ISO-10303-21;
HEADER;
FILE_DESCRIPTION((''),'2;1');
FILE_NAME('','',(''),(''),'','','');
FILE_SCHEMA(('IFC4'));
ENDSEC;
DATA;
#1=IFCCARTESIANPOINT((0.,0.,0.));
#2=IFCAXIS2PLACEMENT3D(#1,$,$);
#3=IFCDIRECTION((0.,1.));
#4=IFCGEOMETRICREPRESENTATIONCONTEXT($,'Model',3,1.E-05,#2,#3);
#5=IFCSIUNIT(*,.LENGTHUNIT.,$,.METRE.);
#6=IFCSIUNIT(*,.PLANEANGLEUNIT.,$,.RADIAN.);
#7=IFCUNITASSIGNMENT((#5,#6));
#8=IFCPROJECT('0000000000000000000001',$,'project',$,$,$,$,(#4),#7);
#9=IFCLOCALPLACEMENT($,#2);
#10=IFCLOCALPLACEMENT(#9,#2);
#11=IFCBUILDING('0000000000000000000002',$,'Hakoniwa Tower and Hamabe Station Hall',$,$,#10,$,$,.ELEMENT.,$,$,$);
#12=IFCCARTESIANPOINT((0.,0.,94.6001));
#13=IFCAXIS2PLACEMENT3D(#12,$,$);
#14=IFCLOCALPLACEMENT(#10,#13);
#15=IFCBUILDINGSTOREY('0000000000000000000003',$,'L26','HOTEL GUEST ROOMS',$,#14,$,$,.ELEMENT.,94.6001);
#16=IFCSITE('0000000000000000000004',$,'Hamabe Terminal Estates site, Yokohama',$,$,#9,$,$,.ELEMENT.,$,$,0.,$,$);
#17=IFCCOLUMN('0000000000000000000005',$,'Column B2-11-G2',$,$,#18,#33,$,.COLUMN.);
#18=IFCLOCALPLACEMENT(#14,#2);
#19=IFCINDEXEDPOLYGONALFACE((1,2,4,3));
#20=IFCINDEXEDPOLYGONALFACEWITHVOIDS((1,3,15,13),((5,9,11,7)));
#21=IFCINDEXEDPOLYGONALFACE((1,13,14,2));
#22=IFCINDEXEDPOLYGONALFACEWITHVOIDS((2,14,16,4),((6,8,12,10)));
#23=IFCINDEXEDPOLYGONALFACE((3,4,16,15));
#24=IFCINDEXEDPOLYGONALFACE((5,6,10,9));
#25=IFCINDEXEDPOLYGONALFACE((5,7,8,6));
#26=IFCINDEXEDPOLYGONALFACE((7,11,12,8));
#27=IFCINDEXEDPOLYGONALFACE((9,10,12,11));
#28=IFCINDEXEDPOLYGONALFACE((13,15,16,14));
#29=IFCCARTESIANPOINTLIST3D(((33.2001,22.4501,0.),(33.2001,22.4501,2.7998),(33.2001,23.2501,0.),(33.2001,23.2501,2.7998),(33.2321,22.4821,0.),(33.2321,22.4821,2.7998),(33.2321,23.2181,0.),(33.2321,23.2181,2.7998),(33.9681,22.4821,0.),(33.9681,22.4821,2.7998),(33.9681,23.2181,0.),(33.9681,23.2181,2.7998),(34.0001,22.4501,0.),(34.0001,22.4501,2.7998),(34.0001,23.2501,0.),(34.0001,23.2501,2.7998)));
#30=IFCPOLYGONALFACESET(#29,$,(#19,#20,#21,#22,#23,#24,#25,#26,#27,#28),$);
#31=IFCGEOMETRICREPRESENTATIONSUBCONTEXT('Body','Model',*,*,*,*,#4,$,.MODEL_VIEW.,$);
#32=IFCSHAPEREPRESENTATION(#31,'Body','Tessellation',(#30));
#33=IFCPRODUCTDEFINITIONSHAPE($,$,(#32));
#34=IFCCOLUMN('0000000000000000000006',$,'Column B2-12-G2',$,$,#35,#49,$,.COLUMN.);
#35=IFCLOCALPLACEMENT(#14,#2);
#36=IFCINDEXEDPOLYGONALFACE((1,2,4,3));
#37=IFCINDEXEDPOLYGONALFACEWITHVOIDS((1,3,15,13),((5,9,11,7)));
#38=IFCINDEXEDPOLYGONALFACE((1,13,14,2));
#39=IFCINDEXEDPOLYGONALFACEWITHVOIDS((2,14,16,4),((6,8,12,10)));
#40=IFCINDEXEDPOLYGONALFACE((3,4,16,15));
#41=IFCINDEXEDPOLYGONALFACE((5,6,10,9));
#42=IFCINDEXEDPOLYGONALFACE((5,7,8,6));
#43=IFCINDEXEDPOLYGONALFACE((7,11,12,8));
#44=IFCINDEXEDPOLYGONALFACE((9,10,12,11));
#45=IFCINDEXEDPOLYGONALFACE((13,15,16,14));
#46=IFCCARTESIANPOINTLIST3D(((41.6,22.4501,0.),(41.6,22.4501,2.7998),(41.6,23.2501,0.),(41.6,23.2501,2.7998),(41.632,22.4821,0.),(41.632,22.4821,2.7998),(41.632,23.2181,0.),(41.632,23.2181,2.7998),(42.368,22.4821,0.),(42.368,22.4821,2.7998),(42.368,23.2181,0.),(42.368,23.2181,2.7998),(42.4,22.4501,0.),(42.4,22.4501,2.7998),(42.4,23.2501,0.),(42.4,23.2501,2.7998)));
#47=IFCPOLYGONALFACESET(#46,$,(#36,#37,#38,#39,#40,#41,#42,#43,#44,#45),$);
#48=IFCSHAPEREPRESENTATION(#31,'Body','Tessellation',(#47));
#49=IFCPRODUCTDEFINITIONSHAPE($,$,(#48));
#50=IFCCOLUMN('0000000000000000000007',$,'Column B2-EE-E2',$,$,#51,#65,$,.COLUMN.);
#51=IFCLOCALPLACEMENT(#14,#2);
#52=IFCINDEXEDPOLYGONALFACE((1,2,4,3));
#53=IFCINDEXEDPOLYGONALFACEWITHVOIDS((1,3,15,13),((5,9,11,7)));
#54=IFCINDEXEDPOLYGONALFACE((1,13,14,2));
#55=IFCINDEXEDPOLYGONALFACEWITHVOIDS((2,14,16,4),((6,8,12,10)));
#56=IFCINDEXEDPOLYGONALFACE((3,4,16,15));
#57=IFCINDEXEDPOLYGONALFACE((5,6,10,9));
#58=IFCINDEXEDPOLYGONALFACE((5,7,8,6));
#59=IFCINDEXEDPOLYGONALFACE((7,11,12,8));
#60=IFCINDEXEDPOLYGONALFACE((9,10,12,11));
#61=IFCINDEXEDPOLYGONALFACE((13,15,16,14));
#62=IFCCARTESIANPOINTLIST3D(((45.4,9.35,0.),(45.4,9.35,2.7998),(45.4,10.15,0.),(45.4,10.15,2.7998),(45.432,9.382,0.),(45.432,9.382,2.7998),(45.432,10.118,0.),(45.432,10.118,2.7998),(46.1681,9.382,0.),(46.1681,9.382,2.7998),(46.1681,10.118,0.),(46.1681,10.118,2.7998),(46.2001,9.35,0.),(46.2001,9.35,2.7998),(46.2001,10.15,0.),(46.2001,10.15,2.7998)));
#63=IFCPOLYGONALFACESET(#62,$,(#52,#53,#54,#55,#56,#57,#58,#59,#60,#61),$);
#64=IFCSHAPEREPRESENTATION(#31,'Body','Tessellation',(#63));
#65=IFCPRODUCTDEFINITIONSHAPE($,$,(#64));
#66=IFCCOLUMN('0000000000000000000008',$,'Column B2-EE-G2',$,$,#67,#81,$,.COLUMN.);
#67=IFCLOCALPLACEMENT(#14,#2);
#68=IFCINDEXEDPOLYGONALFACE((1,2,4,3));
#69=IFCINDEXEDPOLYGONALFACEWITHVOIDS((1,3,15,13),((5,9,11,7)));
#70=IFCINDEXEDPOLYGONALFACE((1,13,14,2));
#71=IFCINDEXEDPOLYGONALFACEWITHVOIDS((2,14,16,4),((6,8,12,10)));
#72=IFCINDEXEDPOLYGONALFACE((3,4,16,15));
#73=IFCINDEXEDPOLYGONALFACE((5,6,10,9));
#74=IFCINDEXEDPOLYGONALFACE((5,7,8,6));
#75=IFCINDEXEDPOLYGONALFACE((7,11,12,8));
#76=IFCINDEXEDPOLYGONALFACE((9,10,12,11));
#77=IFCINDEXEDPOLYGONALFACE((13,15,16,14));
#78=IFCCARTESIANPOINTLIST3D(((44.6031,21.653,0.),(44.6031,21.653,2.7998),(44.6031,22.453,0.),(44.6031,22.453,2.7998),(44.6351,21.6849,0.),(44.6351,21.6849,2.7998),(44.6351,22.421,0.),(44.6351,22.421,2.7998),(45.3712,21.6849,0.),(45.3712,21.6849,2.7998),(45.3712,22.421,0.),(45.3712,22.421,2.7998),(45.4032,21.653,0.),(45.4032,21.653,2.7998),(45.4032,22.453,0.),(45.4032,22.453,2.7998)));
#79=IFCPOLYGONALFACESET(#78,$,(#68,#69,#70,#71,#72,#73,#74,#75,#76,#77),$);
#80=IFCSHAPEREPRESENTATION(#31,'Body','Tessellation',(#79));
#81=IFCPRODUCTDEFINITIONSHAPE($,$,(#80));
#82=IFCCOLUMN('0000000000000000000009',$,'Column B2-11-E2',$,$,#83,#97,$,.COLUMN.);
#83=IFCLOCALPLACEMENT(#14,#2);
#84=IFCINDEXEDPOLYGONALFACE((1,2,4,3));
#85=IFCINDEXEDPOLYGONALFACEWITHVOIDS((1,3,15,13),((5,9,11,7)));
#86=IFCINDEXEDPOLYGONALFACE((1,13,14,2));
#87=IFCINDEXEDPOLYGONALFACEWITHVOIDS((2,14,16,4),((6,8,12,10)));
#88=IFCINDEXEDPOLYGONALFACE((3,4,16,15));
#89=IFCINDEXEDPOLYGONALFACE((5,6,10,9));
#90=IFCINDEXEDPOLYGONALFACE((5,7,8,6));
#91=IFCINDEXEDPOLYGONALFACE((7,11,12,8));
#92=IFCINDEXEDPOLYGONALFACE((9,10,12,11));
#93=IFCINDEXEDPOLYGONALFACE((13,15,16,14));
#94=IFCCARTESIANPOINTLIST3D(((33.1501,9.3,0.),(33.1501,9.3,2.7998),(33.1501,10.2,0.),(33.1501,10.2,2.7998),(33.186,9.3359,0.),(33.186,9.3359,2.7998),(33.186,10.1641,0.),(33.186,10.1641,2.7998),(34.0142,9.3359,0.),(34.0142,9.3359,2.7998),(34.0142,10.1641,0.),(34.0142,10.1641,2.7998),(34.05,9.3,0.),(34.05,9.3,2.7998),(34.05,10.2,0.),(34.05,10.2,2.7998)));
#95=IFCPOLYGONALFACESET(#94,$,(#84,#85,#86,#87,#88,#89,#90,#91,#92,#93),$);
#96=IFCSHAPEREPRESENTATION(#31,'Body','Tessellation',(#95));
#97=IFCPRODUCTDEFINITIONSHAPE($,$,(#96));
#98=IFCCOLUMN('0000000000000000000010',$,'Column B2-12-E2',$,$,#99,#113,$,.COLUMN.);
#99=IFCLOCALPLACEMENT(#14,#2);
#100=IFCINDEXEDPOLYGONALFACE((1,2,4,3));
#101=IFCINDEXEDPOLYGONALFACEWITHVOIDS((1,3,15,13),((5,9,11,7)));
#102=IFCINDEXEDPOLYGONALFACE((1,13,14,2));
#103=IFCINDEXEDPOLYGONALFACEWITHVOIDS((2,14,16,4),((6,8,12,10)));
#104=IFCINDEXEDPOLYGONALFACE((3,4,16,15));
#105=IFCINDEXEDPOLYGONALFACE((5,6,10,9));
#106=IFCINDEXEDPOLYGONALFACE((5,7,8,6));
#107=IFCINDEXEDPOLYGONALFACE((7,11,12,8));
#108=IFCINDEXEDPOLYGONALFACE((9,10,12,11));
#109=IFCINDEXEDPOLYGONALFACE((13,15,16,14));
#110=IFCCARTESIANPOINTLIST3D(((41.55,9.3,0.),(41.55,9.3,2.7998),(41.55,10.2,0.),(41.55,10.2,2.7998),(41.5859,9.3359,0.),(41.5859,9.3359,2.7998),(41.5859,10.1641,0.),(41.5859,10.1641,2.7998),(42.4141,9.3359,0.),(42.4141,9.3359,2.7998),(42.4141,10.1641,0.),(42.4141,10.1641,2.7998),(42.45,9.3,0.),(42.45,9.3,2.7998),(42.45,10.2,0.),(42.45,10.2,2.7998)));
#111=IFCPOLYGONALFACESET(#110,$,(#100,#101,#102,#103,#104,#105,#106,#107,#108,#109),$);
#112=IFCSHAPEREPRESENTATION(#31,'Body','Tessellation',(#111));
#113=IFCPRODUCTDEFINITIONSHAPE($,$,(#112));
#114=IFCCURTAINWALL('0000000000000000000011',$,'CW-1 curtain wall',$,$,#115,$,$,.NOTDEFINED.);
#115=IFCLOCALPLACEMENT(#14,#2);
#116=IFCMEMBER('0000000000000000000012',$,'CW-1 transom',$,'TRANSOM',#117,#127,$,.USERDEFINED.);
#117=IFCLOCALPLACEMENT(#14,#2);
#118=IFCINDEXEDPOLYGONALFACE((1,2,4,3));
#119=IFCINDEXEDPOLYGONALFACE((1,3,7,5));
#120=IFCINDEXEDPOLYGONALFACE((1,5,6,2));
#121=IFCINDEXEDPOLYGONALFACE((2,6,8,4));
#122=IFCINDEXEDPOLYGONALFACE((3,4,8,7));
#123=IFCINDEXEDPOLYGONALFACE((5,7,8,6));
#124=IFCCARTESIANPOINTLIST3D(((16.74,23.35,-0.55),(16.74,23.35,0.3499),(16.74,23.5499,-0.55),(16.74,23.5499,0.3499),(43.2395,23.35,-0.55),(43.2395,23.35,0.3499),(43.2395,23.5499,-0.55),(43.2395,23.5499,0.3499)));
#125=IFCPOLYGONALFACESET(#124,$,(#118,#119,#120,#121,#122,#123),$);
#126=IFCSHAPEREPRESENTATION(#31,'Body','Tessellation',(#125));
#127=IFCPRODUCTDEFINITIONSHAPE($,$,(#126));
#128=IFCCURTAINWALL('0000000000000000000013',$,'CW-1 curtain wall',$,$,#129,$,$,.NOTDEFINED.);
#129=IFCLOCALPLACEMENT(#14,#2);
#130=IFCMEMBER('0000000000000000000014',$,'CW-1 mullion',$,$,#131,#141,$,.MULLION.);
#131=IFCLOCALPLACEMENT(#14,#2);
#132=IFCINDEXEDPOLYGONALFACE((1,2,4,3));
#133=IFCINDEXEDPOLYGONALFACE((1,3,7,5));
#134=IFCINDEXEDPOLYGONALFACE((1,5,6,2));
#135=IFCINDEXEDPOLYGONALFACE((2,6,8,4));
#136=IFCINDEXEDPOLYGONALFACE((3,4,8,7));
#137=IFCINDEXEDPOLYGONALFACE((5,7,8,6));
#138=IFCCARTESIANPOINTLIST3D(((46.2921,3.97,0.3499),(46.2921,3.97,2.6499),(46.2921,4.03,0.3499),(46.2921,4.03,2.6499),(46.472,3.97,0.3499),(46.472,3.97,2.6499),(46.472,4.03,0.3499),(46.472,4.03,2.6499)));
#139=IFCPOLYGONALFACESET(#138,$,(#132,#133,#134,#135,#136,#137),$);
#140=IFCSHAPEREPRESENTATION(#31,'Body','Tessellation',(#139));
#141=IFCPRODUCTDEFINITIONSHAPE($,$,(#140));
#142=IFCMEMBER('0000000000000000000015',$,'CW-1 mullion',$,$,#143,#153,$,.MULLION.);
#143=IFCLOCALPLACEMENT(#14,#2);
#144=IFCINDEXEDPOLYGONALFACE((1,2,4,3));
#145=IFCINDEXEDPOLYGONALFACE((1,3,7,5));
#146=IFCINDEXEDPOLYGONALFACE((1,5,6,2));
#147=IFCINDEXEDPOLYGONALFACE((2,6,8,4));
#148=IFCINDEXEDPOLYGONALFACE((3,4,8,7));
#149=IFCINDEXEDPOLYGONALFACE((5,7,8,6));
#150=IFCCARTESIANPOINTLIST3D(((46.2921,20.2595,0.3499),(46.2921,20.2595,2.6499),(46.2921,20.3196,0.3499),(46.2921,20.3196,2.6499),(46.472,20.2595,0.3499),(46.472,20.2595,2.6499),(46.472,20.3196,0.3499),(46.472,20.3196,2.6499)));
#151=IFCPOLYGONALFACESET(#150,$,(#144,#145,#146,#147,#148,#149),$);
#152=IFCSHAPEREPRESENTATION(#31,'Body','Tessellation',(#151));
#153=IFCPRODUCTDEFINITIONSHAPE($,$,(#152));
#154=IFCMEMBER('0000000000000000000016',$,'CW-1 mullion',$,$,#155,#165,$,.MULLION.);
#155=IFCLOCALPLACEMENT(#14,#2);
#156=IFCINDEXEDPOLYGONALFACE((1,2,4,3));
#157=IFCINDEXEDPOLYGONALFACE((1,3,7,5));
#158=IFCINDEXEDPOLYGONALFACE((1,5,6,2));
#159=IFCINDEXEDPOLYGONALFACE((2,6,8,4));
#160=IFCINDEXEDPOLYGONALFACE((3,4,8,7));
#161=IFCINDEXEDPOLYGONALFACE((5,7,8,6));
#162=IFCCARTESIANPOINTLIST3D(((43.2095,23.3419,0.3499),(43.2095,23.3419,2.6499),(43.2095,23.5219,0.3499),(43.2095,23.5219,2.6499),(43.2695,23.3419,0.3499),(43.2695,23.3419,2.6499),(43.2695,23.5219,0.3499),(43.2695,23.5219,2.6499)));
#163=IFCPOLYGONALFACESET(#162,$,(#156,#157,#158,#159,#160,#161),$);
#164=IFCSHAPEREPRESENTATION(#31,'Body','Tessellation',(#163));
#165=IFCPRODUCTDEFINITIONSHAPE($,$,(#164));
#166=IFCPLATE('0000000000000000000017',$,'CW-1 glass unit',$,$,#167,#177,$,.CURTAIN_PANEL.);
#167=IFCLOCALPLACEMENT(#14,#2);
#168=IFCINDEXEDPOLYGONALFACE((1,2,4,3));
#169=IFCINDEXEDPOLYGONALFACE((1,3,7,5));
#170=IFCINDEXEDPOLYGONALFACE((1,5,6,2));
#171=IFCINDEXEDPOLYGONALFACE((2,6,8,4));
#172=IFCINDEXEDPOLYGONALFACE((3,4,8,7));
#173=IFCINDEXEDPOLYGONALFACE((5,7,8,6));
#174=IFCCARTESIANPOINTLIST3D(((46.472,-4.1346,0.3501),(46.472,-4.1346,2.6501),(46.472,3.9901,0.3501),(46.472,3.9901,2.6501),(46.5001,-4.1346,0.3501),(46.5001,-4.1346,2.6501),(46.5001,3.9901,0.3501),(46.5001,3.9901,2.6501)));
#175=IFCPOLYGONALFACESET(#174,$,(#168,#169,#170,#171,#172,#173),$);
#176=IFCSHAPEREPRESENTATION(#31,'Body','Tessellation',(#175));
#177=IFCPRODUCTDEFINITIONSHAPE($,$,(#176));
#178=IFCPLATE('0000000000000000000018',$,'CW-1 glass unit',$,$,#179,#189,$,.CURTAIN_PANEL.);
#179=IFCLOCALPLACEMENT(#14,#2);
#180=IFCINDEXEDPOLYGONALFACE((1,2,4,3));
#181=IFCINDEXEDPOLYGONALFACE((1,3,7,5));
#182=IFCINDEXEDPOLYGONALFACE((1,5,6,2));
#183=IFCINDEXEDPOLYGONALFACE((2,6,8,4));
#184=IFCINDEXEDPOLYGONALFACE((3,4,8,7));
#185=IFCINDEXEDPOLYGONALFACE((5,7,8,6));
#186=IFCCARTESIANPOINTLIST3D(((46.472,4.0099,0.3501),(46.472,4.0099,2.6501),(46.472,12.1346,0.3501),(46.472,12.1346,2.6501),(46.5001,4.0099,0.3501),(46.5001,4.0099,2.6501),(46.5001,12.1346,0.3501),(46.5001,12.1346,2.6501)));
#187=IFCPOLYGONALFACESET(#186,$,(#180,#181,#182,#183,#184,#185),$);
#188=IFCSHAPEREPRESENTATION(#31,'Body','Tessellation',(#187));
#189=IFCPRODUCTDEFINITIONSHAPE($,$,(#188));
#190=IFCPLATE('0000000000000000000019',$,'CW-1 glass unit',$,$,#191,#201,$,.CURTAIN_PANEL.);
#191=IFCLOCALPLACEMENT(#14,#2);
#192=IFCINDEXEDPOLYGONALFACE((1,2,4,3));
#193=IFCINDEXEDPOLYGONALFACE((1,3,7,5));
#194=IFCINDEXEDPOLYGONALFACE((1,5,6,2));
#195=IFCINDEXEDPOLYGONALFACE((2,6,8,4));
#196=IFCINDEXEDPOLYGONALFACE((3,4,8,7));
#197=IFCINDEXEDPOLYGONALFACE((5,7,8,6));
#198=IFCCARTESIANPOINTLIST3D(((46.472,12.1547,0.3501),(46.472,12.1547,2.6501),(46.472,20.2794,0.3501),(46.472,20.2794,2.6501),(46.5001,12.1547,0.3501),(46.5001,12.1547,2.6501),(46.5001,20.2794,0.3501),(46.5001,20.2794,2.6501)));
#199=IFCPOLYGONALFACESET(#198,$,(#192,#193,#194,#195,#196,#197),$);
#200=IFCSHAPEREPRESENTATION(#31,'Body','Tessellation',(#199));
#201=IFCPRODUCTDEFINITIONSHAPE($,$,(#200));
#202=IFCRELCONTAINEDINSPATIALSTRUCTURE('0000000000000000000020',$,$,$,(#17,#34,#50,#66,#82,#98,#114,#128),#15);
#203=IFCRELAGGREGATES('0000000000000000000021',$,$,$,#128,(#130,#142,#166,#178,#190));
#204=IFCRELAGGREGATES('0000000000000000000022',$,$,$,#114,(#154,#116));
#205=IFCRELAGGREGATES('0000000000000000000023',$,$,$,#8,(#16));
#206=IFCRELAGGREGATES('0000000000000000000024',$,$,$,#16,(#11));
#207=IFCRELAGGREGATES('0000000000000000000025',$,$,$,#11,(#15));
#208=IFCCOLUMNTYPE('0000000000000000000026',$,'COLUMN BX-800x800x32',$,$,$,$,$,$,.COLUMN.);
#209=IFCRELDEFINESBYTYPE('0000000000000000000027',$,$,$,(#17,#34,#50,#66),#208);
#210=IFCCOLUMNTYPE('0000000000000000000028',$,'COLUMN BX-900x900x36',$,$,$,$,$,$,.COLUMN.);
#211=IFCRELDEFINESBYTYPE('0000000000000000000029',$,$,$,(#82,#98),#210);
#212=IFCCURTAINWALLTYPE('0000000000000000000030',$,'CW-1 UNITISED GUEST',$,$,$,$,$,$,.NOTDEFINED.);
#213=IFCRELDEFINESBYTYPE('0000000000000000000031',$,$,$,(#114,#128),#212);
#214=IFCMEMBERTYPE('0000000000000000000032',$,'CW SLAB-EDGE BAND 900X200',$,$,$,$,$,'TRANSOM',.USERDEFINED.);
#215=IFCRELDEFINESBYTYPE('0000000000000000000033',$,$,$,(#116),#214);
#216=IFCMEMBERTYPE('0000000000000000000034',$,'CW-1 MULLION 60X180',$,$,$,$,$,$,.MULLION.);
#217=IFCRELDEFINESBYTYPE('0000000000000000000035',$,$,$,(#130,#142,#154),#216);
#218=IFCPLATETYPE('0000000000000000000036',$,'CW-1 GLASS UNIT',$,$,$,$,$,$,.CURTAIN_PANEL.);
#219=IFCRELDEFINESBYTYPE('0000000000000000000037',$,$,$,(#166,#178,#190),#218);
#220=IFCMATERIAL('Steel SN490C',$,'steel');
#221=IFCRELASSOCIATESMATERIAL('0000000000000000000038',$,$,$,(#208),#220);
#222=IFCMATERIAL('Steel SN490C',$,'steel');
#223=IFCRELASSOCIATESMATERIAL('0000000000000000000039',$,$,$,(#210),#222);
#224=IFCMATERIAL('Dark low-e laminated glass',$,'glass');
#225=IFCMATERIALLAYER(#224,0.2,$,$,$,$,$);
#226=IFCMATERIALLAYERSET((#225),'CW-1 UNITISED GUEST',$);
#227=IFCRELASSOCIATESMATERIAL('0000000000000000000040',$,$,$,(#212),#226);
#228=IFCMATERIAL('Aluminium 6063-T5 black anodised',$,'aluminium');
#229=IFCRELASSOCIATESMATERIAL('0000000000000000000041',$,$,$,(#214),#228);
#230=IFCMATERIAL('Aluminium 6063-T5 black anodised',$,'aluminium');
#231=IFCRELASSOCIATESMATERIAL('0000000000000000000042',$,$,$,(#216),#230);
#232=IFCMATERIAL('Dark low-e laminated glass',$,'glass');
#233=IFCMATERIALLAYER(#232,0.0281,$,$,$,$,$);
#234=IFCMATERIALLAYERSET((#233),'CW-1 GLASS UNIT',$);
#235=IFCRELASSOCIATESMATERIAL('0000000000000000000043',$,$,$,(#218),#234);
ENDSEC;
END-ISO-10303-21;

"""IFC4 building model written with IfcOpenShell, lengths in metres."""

from ifc_helpers import new_model, si_unit, direction, frame, origin, origin_2d, place, context, subcontext, project, spatial, rectangle, hollow_rectangle, extrude, material, layer, layer_set, material_profile, profile_set, type_object, element, aggregate, save


model = new_model("IFC4")

# Units and contexts
model_context = context("Model", 3, precision=1e-05, world=origin(), true_north=direction((0.0, 1.0)))
body_context = subcontext(model_context, "Body", "Model", "MODEL_VIEW")
ifc_project = project(units=[si_unit("LENGTHUNIT", "METRE"), si_unit("PLANEANGLEUNIT", "RADIAN")], contexts=[model_context])

# Site, building, storey
site_placement = place(None, origin())
site = spatial("IfcSite", under=ifc_project, at=site_placement, Name="Hamabe Terminal Estates site, Yokohama", CompositionType="ELEMENT", RefElevation=0.0)
building_placement = place(site_placement, origin())
building = spatial("IfcBuilding", under=site, at=building_placement, Name="Hakoniwa Tower and Hamabe Station Hall", CompositionType="ELEMENT")
storey_placement = place(building_placement, frame((0.0, 0.0, 94.6001)))
storey = spatial("IfcBuildingStorey", under=building, at=storey_placement, Name="L26", Description="HOTEL GUEST ROOMS", CompositionType="ELEMENT", Elevation=94.6001)

# Columns
ifc_material_1 = material(Name="Steel SN490C", Category="steel")
ifc_material_profile_1 = material_profile(ifc_material_1, hollow_rectangle(XDim=0.8, YDim=0.8, WallThickness=0.032, at=origin_2d()), Name="BX-800x800x32")
ifc_profile_set_1 = profile_set([ifc_material_profile_1], Name="Steel SN490C")
column_type_1 = type_object("IfcColumnType", Name="COLUMN BX-800x800x32", PredefinedType="COLUMN", material=ifc_profile_set_1)
for number, where, z_axis, x_axis, name in (
    (1, (33.6001, 22.8501, 0.0), (0.0, 0.0, 1.0), (1.0, 0.0, 0.0), "Column B2-11-G2"),
    (2, (42.0, 22.8501, 0.0), (0.0, 0.0, 1.0), (1.0, 0.0, 0.0), "Column B2-12-G2"),
    (3, (45.8, 9.75, 0.0), (0.0, 0.0, 1.0), (1.0, 0.0, 0.0), "Column B2-EE-E2"),
    (4, (45.0032, 22.053, 0.0), (0.0, 0.0, 1.0), (1.0, 0.0, 0.0), "Column B2-EE-G2"),
):
    element("IfcColumn", number, at=place(storey_placement, frame(where, z_axis=z_axis, x_axis=x_axis)), inside=storey, type_object=column_type_1, Name=name, PredefinedType="COLUMN", context=body_context, shape_type="SweptSolid", body=[
        extrude(hollow_rectangle(XDim=0.8, YDim=0.8, WallThickness=0.032, at=origin_2d()), origin(), (0.0, 0.0, 1.0), 2.7998),
    ])
ifc_material_2 = material(Name="Steel SN490C", Category="steel")
ifc_material_profile_2 = material_profile(ifc_material_2, hollow_rectangle(XDim=0.8999, YDim=0.8999, WallThickness=0.0359, at=origin_2d()), Name="BX-900x900x36")
ifc_profile_set_2 = profile_set([ifc_material_profile_2], Name="Steel SN490C")
column_type_2 = type_object("IfcColumnType", Name="COLUMN BX-900x900x36", PredefinedType="COLUMN", material=ifc_profile_set_2)
for number, where, z_axis, x_axis, name in (
    (5, (33.6001, 9.75, 0.0), (0.0, 0.0, 1.0), (1.0, 0.0, 0.0), "Column B2-11-E2"),
    (6, (42.0, 9.75, 0.0), (0.0, 0.0, 1.0), (1.0, 0.0, 0.0), "Column B2-12-E2"),
):
    element("IfcColumn", number, at=place(storey_placement, frame(where, z_axis=z_axis, x_axis=x_axis)), inside=storey, type_object=column_type_2, Name=name, PredefinedType="COLUMN", context=body_context, shape_type="SweptSolid", body=[
        extrude(hollow_rectangle(XDim=0.8999, YDim=0.8999, WallThickness=0.0359, at=origin_2d()), origin(), (0.0, 0.0, 1.0), 2.7998),
    ])

# Curtain wall, member
ifc_material_3 = material(Name="Dark low-e laminated glass", Category="glass")
ifc_layer_1 = layer(ifc_material_3, 0.2)
ifc_layer_set_1 = layer_set([ifc_layer_1], Name="CW-1 UNITISED GUEST")
curtain_wall_type = type_object("IfcCurtainWallType", Name="CW-1 UNITISED GUEST", PredefinedType="NOTDEFINED", material=ifc_layer_set_1)
curtain_wall_1_placement = place(storey_placement, origin())
curtain_wall_1 = element("IfcCurtainWall", 7, at=curtain_wall_1_placement, inside=storey, type_object=curtain_wall_type, Name="CW-1 curtain wall", PredefinedType="NOTDEFINED")
ifc_material_4 = material(Name="Aluminium 6063-T5 black anodised", Category="aluminium")
ifc_material_profile_3 = material_profile(ifc_material_4, rectangle(XDim=0.2, YDim=0.8999, at=origin_2d()), Name="CW SLAB-EDGE BAND 900X200")
ifc_profile_set_3 = profile_set([ifc_material_profile_3], Name="Aluminium 6063-T5 black anodised")
member_type_1 = type_object("IfcMemberType", Name="CW SLAB-EDGE BAND 900X200", ElementType="TRANSOM", PredefinedType="USERDEFINED", material=ifc_profile_set_3)
member_1_placement = place(storey_placement, frame((43.2395, 23.45, -0.1001), z_axis=(-1.0, 0.0, 0.0), x_axis=(0.0, -1.0, 0.0)))
member_1 = element("IfcMember", 8, at=member_1_placement, type_object=member_type_1, Name="CW-1 transom", ObjectType="TRANSOM", PredefinedType="USERDEFINED", context=body_context, shape_type="SweptSolid", body=[
    extrude(rectangle(XDim=0.2, YDim=0.8999, at=origin_2d()), origin(), (0.0, 0.0, 1.0), 26.4995),
])

# Curtain wall, members
curtain_wall_2_placement = place(storey_placement, origin())
curtain_wall_2 = element("IfcCurtainWall", 9, at=curtain_wall_2_placement, inside=storey, type_object=curtain_wall_type, Name="CW-1 curtain wall", PredefinedType="NOTDEFINED")
ifc_material_5 = material(Name="Aluminium 6063-T5 black anodised", Category="aluminium")
ifc_material_profile_4 = material_profile(ifc_material_5, rectangle(XDim=0.0601, YDim=0.1799, at=origin_2d()), Name="CW-1 MULLION 60X180")
ifc_profile_set_4 = profile_set([ifc_material_profile_4], Name="Aluminium 6063-T5 black anodised")
member_type_2 = type_object("IfcMemberType", Name="CW-1 MULLION 60X180", PredefinedType="MULLION", material=ifc_profile_set_4)
member_2_placement = place(storey_placement, frame((46.3821, 4.0, 0.3499), z_axis=(0.0, 0.0, 1.0), x_axis=(0.0, 1.0, 0.0)))
member_2 = element("IfcMember", 10, at=member_2_placement, type_object=member_type_2, Name="CW-1 mullion", PredefinedType="MULLION", context=body_context, shape_type="SweptSolid", body=[
    extrude(rectangle(XDim=0.0601, YDim=0.1799, at=origin_2d()), origin(), (0.0, 0.0, 1.0), 2.3),
])
member_3_placement = place(storey_placement, frame((46.3821, 20.2896, 0.3499), z_axis=(0.0, 0.0, 1.0), x_axis=(0.0, 1.0, 0.0)))
member_3 = element("IfcMember", 11, at=member_3_placement, type_object=member_type_2, Name="CW-1 mullion", PredefinedType="MULLION", context=body_context, shape_type="SweptSolid", body=[
    extrude(rectangle(XDim=0.0601, YDim=0.1799, at=origin_2d()), origin(), (0.0, 0.0, 1.0), 2.3),
])

# Member
member_4_placement = place(storey_placement, frame((43.2395, 23.4319, 0.3499), z_axis=(0.0, 0.0, 1.0), x_axis=(-1.0, 0.0, 0.0)))
member_4 = element("IfcMember", 12, at=member_4_placement, type_object=member_type_2, Name="CW-1 mullion", PredefinedType="MULLION", context=body_context, shape_type="SweptSolid", body=[
    extrude(rectangle(XDim=0.0601, YDim=0.1799, at=origin_2d()), origin(), (0.0, 0.0, 1.0), 2.3),
])

# Plates
ifc_material_6 = material(Name="Dark low-e laminated glass", Category="glass")
ifc_layer_2 = layer(ifc_material_6, 0.0281)
ifc_layer_set_2 = layer_set([ifc_layer_2], Name="CW-1 GLASS UNIT")
plate_type = type_object("IfcPlateType", Name="CW-1 GLASS UNIT", PredefinedType="CURTAIN_PANEL", material=ifc_layer_set_2)
plate_1_placement = place(storey_placement, frame((46.4861, -0.0723, 0.3501), z_axis=(0.0, 0.0, 1.0), x_axis=(0.0, 1.0, 0.0)))
plate_1 = element("IfcPlate", 13, at=plate_1_placement, type_object=plate_type, Name="CW-1 glass unit", PredefinedType="CURTAIN_PANEL", context=body_context, shape_type="SweptSolid", body=[
    extrude(rectangle(XDim=8.1248, YDim=0.0281, at=origin_2d()), origin(), (0.0, 0.0, 1.0), 2.3),
])
plate_2_placement = place(storey_placement, frame((46.4861, 8.0723, 0.3501), z_axis=(0.0, 0.0, 1.0), x_axis=(0.0, 1.0, 0.0)))
plate_2 = element("IfcPlate", 14, at=plate_2_placement, type_object=plate_type, Name="CW-1 glass unit", PredefinedType="CURTAIN_PANEL", context=body_context, shape_type="SweptSolid", body=[
    extrude(rectangle(XDim=8.1248, YDim=0.0281, at=origin_2d()), origin(), (0.0, 0.0, 1.0), 2.3),
])
plate_3_placement = place(storey_placement, frame((46.4861, 16.217, 0.3501), z_axis=(0.0, 0.0, 1.0), x_axis=(0.0, 1.0, 0.0)))
plate_3 = element("IfcPlate", 15, at=plate_3_placement, type_object=plate_type, Name="CW-1 glass unit", PredefinedType="CURTAIN_PANEL", context=body_context, shape_type="SweptSolid", body=[
    extrude(rectangle(XDim=8.1248, YDim=0.0281, at=origin_2d()), origin(), (0.0, 0.0, 1.0), 2.3),
])
aggregate(curtain_wall_2, [member_2, member_3, plate_1, plate_2, plate_3])
aggregate(curtain_wall_1, [member_4, member_1])

save(model, "model.ifc")
